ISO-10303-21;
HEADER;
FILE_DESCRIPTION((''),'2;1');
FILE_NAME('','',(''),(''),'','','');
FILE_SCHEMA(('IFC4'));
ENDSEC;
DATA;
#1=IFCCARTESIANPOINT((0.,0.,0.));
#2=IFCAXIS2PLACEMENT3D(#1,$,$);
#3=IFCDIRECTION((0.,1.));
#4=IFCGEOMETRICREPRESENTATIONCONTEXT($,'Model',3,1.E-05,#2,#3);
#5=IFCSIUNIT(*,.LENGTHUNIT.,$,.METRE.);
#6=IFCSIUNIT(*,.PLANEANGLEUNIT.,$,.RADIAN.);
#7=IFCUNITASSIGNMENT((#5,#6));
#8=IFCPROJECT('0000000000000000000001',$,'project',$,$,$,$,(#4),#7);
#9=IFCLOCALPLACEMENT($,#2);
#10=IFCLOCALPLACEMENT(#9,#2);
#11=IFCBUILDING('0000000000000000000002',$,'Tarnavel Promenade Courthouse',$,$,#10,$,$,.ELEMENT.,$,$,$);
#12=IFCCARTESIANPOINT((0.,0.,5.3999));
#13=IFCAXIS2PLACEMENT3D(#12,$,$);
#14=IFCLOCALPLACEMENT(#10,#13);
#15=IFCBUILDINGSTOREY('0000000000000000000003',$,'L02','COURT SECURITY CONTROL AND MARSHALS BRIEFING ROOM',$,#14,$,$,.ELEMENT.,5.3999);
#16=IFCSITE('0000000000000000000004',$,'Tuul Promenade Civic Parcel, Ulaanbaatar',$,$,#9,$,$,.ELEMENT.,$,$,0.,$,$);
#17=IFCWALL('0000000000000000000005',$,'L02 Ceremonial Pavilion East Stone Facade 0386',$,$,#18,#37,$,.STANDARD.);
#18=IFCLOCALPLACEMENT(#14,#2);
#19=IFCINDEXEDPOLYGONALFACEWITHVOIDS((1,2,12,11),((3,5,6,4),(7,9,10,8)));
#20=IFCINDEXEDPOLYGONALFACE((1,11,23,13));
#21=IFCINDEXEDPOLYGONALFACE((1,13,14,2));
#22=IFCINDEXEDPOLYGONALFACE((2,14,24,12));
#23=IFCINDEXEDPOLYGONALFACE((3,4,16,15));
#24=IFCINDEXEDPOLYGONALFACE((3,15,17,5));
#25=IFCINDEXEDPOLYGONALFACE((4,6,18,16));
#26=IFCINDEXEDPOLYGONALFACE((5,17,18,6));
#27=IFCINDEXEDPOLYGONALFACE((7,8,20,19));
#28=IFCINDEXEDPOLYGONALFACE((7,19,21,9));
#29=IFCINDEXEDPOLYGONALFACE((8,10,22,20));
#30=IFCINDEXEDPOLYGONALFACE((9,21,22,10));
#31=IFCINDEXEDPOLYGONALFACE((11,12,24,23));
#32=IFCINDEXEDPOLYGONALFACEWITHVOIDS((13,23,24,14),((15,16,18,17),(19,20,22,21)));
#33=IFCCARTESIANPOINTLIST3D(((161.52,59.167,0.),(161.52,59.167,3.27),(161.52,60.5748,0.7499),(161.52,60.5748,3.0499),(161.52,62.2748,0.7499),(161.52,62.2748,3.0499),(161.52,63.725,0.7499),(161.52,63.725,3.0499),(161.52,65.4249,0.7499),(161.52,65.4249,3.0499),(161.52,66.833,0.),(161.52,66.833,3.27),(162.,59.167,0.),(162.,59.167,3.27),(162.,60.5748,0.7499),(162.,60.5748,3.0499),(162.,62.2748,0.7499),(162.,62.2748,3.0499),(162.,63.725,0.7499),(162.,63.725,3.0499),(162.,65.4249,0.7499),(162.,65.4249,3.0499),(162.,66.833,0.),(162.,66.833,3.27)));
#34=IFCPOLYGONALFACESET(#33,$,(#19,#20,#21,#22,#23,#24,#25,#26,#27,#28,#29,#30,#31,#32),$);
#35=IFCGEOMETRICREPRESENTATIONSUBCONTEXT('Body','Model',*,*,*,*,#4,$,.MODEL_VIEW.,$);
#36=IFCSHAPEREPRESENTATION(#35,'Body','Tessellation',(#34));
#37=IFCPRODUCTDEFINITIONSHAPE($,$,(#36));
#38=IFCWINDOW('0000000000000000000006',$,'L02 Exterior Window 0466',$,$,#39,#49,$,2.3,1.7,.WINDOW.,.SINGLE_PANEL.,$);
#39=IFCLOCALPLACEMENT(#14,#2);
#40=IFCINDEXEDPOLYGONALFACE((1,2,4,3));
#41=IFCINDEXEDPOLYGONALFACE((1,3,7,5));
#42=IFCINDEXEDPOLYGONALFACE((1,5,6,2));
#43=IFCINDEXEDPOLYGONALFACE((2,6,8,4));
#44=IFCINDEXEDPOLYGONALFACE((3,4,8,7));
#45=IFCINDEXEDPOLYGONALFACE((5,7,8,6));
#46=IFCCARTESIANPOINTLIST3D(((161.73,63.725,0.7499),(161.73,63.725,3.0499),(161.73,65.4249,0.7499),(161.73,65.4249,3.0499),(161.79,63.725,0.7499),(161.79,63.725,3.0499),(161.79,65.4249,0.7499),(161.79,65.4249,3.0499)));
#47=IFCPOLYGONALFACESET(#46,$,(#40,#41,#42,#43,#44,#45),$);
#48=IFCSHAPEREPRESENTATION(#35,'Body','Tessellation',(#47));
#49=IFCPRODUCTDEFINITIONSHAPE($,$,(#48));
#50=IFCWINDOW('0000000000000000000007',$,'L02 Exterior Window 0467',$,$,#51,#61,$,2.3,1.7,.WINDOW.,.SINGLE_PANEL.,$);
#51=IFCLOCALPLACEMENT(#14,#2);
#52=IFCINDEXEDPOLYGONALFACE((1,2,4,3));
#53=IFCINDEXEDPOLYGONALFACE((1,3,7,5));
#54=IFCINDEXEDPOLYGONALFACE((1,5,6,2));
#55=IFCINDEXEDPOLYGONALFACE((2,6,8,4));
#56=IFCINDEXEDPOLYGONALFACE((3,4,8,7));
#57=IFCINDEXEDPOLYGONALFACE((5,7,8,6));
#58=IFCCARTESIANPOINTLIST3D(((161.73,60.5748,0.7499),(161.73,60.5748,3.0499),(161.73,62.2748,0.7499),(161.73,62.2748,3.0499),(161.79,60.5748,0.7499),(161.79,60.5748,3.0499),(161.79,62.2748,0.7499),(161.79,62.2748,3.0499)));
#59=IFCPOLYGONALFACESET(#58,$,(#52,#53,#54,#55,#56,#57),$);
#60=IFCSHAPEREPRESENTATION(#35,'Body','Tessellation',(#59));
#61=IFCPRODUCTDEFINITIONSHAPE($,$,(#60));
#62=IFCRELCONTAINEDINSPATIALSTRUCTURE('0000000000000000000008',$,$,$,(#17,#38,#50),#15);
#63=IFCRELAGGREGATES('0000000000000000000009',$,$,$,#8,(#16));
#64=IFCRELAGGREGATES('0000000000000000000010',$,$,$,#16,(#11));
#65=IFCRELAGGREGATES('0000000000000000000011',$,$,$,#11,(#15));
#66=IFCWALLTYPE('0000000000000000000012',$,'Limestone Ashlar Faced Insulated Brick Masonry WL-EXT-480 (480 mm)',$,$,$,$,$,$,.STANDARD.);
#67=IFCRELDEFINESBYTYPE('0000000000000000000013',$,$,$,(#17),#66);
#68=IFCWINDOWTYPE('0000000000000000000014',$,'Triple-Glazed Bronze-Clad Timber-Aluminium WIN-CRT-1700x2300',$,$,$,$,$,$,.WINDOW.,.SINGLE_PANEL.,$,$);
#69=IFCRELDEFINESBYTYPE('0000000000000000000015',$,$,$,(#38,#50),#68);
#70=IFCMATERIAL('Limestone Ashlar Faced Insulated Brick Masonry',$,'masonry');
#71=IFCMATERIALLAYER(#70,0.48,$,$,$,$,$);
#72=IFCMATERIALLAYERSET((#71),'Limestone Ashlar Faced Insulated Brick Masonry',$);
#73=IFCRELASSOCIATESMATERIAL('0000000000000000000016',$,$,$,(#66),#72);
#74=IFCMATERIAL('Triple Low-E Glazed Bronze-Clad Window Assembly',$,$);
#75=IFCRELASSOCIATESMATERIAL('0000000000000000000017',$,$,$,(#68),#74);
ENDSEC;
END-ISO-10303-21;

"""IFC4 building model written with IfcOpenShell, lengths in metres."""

from ifc_helpers import new_model, si_unit, direction, frame, frame_2d, origin, place, context, subcontext, project, spatial, rectangle, extrude, material, layer, layer_set, type_object, element, fill, save


model = new_model("IFC4")

# Units and contexts
model_context = context("Model", 3, precision=1e-05, world=origin(), true_north=direction((0.0, 1.0)))
body_context = subcontext(model_context, "Body", "Model", "MODEL_VIEW")
ifc_project = project(units=[si_unit("LENGTHUNIT", "METRE"), si_unit("PLANEANGLEUNIT", "RADIAN")], contexts=[model_context])

# Site, building, storey
site_placement = place(None, origin())
site = spatial("IfcSite", under=ifc_project, at=site_placement, Name="Tuul Promenade Civic Parcel, Ulaanbaatar", CompositionType="ELEMENT", RefElevation=0.0)
building_placement = place(site_placement, origin())
building = spatial("IfcBuilding", under=site, at=building_placement, Name="Tarnavel Promenade Courthouse", CompositionType="ELEMENT")
storey_placement = place(building_placement, frame((0.0, 0.0, 5.3999)))
storey = spatial("IfcBuildingStorey", under=building, at=storey_placement, Name="L02", Description="COURT SECURITY CONTROL AND MARSHALS BRIEFING ROOM", CompositionType="ELEMENT", Elevation=5.3999)

# Shared definitions
ifc_material_1 = material(Name="Triple Low-E Glazed Bronze-Clad Window Assembly")

# Wall, openings, windows
ifc_material_2 = material(Name="Limestone Ashlar Faced Insulated Brick Masonry", Category="masonry")
ifc_layer_1 = layer(ifc_material_2, 0.48)
ifc_layer_set_1 = layer_set([ifc_layer_1], Name="Limestone Ashlar Faced Insulated Brick Masonry")
wall_type_1 = type_object("IfcWallType", Name="Limestone Ashlar Faced Insulated Brick Masonry WL-EXT-480 (480 mm)", PredefinedType="STANDARD", material=ifc_layer_set_1)
wall_1_placement = place(storey_placement, frame((161.76, 66.833, 0.0), z_axis=(0.0, 0.0, 1.0), x_axis=(0.0, -1.0, 0.0)))
wall_1 = element("IfcWall", 1, at=wall_1_placement, inside=storey, type_object=wall_type_1, Name="L02 Ceremonial Pavilion East Stone Facade 0386", PredefinedType="STANDARD", context=body_context, shape_type="SweptSolid", body=[
    extrude(rectangle(XDim=7.666, YDim=0.48, at=frame_2d((3.833, 0.0))), origin(), (0.0, 0.0, 1.0), 3.27),
])
opening_1_placement = place(wall_1_placement, frame((1.408, 0.0, 0.75)))
opening_1 = element("IfcOpeningElement", 2, at=opening_1_placement, cuts=wall_1, PredefinedType="OPENING", context=body_context, shape_type="SweptSolid", body=[
    extrude(rectangle(XDim=1.7, YDim=2.3, at=frame_2d((0.8501, 1.1499))), frame((0.0, 0.25, 0.0), z_axis=(0.0, -1.0, 0.0), x_axis=(1.0, 0.0, 0.0)), (0.0, 0.0, 1.0), 0.5),
])
opening_2_placement = place(wall_1_placement, frame((4.5581, 0.0, 0.75)))
opening_2 = element("IfcOpeningElement", 3, at=opening_2_placement, cuts=wall_1, PredefinedType="OPENING", context=body_context, shape_type="SweptSolid", body=[
    extrude(rectangle(XDim=1.7, YDim=2.3, at=frame_2d((0.8501, 1.1499))), frame((0.0, 0.25, 0.0), z_axis=(0.0, -1.0, 0.0), x_axis=(1.0, 0.0, 0.0)), (0.0, 0.0, 1.0), 0.5),
])
window_type_1 = type_object("IfcWindowType", Name="Triple-Glazed Bronze-Clad Timber-Aluminium WIN-CRT-1700x2300", PartitioningType="SINGLE_PANEL", PredefinedType="WINDOW", material=ifc_material_1)
window_1_placement = place(opening_1_placement, origin())
window_1 = element("IfcWindow", 4, at=window_1_placement, inside=storey, type_object=window_type_1, Name="L02 Exterior Window 0466", OverallHeight=2.3, OverallWidth=1.7, PartitioningType="SINGLE_PANEL", PredefinedType="WINDOW", context=body_context, shape_type="SweptSolid", body=[
    extrude(rectangle(XDim=1.7, YDim=2.3, at=frame_2d((0.8501, 1.1499))), frame((0.0, 0.03, 0.0), z_axis=(0.0, -1.0, 0.0), x_axis=(1.0, 0.0, 0.0)), (0.0, 0.0, 1.0), 0.0601),
])
fill(opening_1, window_1)
window_2_placement = place(opening_2_placement, origin())
window_2 = element("IfcWindow", 5, at=window_2_placement, inside=storey, type_object=window_type_1, Name="L02 Exterior Window 0467", OverallHeight=2.3, OverallWidth=1.7, PartitioningType="SINGLE_PANEL", PredefinedType="WINDOW", context=body_context, shape_type="SweptSolid", body=[
    extrude(rectangle(XDim=1.7, YDim=2.3, at=frame_2d((0.8501, 1.1499))), frame((0.0, 0.03, 0.0), z_axis=(0.0, -1.0, 0.0), x_axis=(1.0, 0.0, 0.0)), (0.0, 0.0, 1.0), 0.0601),
])
fill(opening_2, window_2)

save(model, "model.ifc")
